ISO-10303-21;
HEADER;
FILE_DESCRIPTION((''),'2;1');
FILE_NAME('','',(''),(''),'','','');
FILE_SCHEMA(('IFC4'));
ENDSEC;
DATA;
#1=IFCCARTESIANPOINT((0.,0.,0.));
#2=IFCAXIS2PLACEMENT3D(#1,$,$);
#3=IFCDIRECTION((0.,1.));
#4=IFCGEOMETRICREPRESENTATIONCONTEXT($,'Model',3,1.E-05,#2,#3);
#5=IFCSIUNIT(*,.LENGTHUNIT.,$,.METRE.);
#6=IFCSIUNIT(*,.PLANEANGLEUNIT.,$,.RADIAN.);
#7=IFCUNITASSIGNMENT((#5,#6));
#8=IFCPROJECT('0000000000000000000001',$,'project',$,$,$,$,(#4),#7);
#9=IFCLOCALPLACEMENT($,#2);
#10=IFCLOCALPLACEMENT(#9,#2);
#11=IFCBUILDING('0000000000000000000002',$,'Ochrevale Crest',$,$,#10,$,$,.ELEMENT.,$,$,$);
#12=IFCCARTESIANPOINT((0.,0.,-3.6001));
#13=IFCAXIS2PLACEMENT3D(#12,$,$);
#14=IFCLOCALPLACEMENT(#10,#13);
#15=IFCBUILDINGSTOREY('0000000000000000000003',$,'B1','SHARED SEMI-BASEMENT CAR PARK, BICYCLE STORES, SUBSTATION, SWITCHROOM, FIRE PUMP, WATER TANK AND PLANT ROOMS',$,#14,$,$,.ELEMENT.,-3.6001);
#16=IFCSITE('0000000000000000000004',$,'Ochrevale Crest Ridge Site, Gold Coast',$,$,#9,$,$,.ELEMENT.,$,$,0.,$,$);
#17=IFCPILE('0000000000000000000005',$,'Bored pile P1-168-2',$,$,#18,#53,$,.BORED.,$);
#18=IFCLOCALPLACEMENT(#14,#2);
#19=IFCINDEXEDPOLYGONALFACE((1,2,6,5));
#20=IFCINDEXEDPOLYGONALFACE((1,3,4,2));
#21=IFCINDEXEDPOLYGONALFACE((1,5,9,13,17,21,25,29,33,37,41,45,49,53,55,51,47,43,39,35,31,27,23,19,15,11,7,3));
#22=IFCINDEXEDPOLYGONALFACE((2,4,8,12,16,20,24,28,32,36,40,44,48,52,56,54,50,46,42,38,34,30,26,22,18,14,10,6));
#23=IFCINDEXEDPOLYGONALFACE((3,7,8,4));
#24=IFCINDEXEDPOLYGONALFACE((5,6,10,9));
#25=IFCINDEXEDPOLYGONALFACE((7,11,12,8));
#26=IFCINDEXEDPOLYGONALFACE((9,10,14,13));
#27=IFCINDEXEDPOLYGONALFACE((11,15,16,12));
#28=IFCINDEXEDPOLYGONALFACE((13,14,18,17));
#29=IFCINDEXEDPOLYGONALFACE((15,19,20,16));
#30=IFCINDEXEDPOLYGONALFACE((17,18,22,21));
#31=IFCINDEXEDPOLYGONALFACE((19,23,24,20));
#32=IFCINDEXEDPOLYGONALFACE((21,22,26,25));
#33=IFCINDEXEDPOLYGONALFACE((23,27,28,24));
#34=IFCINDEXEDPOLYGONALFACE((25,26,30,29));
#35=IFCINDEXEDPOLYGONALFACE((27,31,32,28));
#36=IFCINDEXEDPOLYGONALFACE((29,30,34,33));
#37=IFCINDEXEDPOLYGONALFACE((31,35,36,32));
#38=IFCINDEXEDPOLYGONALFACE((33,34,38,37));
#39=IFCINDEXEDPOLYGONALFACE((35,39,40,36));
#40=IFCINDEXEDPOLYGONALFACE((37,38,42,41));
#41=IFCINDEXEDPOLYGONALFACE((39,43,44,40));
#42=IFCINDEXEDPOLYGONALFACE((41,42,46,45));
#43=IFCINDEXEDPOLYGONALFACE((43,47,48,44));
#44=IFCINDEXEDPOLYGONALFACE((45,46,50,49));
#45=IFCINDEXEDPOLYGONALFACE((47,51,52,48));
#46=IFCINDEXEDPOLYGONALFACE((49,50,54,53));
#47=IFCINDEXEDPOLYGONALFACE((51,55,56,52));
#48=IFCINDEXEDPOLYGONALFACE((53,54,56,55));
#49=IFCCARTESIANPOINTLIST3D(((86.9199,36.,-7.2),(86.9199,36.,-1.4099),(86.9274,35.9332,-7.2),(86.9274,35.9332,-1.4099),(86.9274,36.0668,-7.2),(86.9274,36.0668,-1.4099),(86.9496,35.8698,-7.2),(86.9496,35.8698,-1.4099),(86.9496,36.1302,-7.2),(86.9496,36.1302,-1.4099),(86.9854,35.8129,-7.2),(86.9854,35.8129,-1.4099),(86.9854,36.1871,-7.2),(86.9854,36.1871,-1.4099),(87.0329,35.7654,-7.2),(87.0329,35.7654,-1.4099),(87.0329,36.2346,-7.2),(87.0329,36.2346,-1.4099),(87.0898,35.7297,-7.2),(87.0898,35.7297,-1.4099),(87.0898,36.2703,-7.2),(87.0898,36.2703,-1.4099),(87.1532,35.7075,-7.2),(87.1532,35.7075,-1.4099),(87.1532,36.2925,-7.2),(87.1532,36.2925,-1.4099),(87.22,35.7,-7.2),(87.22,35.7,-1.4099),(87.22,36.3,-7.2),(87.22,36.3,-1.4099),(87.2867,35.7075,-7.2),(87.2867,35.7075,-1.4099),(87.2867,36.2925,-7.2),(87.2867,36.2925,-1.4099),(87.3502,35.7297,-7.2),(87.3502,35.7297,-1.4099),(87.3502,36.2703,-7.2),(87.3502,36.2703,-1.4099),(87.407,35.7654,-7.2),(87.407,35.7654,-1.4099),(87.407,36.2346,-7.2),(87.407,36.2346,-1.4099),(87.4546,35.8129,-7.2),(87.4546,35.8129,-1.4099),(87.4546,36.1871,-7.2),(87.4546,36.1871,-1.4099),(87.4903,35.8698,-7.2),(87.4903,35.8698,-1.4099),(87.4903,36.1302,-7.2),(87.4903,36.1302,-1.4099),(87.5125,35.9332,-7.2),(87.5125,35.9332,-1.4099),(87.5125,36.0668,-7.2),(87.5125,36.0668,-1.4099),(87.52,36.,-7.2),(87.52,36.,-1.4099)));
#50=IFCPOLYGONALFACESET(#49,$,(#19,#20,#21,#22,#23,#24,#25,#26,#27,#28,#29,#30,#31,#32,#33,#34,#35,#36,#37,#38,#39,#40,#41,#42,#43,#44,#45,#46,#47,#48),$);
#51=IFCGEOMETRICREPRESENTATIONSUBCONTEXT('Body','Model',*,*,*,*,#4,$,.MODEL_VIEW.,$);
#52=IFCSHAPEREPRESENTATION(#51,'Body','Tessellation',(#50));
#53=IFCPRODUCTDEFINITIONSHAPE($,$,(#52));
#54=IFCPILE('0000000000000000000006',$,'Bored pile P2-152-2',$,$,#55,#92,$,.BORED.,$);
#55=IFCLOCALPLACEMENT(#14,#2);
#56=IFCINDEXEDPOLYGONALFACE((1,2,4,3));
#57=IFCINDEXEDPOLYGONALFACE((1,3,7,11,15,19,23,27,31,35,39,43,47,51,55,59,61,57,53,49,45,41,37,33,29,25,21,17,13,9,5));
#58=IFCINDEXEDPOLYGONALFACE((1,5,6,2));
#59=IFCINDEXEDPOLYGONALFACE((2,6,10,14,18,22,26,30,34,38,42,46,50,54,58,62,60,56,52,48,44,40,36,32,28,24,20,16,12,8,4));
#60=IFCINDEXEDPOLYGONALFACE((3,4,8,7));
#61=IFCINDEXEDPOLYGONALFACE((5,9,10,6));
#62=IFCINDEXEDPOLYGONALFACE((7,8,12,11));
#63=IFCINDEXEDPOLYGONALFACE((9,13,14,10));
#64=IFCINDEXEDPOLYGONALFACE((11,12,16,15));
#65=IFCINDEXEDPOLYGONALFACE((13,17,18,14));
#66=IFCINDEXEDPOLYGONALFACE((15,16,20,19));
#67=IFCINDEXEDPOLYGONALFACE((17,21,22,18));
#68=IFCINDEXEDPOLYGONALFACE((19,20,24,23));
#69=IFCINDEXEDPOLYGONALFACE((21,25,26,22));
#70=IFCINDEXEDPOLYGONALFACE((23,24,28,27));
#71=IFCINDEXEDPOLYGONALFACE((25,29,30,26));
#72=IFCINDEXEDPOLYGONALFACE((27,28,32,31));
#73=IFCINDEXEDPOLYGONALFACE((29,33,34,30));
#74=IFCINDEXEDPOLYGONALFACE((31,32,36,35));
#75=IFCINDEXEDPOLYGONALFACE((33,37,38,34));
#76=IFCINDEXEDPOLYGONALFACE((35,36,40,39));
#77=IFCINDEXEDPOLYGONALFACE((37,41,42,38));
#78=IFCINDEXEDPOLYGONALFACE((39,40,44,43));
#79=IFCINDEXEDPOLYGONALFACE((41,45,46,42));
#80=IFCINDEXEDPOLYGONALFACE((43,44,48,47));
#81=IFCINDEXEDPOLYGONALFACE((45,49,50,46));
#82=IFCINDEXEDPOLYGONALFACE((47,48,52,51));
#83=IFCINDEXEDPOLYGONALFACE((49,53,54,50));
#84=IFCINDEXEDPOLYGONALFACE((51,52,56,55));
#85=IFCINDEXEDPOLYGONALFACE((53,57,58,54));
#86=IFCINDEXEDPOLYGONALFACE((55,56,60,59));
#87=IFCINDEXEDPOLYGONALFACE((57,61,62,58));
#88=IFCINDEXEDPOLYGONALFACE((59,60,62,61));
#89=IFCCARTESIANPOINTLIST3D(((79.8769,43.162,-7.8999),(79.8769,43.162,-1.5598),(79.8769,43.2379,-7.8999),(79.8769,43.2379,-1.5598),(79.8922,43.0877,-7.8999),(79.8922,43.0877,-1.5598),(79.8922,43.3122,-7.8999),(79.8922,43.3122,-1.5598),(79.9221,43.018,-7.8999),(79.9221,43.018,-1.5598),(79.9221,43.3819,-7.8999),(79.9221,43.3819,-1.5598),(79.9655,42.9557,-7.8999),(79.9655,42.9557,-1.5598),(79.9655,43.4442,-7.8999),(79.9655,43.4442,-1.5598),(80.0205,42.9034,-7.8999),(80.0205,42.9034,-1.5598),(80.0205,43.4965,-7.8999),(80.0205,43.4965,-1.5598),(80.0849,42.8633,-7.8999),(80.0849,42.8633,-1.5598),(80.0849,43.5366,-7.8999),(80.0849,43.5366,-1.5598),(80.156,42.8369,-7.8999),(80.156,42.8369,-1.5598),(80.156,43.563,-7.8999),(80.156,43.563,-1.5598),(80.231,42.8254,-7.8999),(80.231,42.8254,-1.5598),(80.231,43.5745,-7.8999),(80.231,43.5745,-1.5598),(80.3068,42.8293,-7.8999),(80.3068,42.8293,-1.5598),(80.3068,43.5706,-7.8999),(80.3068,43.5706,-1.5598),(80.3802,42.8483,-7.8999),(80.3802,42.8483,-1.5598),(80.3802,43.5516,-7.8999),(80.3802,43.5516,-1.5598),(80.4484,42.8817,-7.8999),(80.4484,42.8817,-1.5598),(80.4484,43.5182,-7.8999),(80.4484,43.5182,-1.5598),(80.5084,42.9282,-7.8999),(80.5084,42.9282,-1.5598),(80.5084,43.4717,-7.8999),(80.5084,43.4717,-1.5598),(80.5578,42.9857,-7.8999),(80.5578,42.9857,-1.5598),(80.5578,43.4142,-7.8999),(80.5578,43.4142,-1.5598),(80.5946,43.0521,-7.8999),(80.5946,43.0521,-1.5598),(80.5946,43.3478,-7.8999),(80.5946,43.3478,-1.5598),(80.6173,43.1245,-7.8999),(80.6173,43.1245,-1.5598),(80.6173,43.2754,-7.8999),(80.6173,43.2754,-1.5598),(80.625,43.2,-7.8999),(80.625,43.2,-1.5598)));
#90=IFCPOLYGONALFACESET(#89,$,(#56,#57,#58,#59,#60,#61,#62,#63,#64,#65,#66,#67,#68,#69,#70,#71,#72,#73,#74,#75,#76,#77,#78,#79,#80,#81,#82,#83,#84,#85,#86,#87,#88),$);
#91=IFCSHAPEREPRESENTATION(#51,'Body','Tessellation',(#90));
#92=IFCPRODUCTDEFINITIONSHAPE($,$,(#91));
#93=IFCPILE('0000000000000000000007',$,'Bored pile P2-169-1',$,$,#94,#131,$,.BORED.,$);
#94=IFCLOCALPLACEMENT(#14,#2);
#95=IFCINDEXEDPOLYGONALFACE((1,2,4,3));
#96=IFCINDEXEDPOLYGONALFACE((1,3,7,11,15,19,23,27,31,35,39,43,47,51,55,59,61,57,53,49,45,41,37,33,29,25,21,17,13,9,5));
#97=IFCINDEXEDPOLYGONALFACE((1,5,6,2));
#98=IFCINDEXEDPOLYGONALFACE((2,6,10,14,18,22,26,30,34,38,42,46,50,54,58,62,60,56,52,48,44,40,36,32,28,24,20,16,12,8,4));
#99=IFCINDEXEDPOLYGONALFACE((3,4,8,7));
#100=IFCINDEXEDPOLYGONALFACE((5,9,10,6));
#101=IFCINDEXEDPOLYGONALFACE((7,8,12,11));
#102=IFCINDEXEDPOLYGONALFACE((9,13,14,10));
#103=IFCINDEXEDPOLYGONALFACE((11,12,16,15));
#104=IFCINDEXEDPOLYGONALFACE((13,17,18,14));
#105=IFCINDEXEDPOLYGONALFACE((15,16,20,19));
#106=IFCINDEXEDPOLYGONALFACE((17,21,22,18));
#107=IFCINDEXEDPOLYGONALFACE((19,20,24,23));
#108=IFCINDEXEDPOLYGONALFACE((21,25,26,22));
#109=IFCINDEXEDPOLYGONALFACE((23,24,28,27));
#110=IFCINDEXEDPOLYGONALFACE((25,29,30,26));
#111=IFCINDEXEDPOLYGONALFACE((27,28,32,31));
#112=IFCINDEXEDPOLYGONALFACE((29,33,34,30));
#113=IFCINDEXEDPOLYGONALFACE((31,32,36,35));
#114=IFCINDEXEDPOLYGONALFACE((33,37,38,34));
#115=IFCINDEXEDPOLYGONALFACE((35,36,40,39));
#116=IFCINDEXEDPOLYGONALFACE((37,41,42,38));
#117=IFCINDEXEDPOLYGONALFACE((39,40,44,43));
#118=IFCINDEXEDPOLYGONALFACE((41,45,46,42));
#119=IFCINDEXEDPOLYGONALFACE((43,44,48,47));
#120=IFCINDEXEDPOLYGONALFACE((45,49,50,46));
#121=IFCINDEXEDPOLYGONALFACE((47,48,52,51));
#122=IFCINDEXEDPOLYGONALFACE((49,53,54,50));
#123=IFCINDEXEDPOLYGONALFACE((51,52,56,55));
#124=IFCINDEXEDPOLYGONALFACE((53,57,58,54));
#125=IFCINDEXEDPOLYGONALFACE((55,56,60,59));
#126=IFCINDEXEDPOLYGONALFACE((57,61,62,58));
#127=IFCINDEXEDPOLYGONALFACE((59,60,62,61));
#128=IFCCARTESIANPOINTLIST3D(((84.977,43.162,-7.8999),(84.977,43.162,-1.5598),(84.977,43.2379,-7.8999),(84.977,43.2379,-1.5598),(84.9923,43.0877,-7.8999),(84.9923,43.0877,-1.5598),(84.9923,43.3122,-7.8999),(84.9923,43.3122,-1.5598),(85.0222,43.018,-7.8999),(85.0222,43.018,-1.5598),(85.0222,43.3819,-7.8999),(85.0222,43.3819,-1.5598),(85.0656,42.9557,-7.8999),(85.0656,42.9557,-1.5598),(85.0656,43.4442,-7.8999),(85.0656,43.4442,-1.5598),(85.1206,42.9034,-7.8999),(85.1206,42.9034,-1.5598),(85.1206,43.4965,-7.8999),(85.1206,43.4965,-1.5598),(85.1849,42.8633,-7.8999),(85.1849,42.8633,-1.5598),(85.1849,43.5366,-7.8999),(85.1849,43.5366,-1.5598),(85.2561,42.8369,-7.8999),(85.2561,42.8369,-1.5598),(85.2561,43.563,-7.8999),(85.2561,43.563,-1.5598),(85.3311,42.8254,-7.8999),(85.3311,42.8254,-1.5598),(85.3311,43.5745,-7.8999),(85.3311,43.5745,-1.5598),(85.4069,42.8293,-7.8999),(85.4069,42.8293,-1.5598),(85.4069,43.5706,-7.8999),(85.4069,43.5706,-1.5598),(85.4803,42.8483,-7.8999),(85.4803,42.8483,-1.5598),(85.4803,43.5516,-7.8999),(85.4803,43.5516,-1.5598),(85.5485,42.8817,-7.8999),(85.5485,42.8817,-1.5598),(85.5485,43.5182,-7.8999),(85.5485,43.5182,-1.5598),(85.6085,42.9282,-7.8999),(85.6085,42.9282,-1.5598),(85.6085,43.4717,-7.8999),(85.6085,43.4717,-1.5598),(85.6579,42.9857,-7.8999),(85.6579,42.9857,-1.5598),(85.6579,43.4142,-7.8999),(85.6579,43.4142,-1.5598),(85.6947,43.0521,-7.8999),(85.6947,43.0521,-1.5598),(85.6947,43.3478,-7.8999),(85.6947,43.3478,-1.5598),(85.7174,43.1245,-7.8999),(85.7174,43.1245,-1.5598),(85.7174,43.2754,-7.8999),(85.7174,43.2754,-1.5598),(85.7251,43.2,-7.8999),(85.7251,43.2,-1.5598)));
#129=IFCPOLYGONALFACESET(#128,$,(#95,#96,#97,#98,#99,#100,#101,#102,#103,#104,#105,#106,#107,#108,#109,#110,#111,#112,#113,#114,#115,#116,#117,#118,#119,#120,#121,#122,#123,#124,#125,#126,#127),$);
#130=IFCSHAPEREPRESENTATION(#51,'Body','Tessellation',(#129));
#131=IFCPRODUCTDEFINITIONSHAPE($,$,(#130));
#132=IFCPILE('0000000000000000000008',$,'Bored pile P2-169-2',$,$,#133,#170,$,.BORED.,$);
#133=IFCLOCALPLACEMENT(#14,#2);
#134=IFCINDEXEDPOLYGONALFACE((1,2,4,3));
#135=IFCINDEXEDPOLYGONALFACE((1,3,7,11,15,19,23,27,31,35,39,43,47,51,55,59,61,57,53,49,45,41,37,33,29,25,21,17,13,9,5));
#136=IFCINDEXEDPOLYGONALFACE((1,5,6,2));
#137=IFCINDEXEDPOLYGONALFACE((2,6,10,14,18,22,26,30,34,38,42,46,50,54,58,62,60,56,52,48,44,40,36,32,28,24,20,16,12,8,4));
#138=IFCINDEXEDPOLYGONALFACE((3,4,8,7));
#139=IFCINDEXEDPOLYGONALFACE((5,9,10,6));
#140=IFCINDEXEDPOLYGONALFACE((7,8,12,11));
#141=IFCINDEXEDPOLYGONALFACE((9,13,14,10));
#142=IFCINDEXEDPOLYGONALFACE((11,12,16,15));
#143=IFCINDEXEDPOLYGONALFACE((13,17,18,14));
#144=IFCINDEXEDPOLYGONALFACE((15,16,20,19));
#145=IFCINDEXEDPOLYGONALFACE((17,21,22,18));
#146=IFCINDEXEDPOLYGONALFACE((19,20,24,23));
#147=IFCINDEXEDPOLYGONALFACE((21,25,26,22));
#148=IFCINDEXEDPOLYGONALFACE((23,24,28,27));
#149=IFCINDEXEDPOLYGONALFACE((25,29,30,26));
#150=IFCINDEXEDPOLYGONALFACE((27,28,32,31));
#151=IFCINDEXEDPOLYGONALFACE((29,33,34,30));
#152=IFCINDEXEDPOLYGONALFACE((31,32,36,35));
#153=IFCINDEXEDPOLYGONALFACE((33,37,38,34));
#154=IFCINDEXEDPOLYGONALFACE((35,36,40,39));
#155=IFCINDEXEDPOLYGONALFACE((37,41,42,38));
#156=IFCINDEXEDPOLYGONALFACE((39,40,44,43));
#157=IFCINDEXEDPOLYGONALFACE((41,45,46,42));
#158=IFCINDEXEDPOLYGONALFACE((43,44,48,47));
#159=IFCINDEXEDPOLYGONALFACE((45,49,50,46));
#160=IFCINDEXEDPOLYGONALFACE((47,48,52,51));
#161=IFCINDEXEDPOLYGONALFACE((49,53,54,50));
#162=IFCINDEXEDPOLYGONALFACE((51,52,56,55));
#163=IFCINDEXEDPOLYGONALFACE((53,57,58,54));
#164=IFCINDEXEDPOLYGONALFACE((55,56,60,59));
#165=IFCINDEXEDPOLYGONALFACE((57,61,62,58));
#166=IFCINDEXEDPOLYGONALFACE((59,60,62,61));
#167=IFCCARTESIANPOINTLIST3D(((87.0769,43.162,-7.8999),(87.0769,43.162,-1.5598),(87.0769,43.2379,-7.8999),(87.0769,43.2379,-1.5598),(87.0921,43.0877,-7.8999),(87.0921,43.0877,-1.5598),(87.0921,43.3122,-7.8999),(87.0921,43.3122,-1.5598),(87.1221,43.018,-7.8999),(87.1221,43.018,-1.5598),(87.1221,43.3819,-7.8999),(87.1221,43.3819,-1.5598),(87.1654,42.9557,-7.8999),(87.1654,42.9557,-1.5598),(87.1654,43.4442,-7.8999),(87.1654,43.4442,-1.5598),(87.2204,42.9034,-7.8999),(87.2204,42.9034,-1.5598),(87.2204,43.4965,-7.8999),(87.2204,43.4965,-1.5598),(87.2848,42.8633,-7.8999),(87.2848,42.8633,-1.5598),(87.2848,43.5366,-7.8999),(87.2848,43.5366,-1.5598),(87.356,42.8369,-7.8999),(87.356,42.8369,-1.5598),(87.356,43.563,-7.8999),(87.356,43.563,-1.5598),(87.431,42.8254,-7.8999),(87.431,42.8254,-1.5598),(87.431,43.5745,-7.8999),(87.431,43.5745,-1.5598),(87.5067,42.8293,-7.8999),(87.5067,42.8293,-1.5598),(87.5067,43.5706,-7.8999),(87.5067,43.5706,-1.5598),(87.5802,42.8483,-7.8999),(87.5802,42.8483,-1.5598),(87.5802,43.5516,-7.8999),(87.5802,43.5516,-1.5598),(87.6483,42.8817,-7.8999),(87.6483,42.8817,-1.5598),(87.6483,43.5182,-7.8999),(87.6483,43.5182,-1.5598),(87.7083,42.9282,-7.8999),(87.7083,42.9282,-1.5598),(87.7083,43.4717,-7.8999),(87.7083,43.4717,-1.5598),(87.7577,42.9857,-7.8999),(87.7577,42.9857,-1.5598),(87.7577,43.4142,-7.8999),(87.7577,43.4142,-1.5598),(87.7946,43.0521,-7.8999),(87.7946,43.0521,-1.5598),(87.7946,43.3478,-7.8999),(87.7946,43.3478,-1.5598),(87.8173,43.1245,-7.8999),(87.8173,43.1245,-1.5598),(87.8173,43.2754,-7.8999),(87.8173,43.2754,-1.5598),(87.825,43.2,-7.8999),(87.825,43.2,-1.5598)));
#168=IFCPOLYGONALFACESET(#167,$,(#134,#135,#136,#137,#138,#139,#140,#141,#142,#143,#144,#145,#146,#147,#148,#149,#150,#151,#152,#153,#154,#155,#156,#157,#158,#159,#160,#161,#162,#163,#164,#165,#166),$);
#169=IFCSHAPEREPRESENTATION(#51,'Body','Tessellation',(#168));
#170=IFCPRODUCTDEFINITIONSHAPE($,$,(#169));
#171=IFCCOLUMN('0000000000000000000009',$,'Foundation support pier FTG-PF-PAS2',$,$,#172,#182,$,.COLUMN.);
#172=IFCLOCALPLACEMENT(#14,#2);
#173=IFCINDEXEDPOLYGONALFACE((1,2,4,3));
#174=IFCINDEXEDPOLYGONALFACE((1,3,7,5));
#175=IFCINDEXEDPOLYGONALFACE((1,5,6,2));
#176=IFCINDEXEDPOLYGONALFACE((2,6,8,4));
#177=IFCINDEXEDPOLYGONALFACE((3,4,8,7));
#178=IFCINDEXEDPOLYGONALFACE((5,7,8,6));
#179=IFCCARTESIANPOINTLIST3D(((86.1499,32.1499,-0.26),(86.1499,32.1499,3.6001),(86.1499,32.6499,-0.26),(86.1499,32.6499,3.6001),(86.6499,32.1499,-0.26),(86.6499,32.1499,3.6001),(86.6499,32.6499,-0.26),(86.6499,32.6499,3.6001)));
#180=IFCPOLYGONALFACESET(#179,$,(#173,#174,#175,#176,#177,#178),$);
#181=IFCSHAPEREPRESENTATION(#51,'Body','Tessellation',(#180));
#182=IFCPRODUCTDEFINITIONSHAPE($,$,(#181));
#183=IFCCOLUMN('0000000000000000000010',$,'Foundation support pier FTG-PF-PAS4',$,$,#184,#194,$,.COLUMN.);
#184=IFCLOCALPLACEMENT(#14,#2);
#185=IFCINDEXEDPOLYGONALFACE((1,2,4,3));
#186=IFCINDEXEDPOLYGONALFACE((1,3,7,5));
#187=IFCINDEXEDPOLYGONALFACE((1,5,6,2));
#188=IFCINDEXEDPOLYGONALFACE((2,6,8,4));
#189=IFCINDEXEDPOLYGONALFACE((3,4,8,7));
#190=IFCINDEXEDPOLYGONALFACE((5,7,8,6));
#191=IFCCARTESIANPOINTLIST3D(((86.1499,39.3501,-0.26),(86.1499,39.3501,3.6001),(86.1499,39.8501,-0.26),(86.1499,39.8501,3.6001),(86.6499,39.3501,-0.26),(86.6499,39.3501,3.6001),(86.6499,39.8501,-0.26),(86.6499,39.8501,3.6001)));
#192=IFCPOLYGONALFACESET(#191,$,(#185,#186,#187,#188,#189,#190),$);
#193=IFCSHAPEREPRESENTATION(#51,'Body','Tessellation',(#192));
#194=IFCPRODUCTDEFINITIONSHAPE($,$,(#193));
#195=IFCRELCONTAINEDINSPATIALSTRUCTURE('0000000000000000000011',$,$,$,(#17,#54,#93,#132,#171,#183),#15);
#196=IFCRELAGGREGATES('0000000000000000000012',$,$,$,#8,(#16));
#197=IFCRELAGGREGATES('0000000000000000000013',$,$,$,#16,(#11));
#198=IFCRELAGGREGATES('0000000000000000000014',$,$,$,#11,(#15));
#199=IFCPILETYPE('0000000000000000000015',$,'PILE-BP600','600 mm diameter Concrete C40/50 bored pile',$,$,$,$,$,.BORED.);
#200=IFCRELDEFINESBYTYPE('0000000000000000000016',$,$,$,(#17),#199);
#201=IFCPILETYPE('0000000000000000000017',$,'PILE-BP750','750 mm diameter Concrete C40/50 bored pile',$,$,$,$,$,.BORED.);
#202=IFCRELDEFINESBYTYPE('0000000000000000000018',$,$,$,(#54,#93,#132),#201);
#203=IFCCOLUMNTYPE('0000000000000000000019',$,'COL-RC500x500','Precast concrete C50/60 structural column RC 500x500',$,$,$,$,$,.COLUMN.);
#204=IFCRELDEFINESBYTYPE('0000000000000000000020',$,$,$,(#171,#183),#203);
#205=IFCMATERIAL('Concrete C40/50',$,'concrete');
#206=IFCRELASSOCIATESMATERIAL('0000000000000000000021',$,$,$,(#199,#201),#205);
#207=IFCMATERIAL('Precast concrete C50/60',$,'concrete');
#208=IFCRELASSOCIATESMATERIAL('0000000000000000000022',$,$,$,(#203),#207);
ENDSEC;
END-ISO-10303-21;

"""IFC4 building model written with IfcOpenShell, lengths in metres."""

from ifc_helpers import new_model, si_unit, direction, frame, origin, origin_2d, place, context, subcontext, project, spatial, rectangle, circle, extrude, material, material_profile, profile_set, type_object, element, save


model = new_model("IFC4")

# Units and contexts
model_context = context("Model", 3, precision=1e-05, world=origin(), true_north=direction((0.0, 1.0)))
body_context = subcontext(model_context, "Body", "Model", "MODEL_VIEW")
ifc_project = project(units=[si_unit("LENGTHUNIT", "METRE"), si_unit("PLANEANGLEUNIT", "RADIAN")], contexts=[model_context])

# Site, building, storey
site_placement = place(None, origin())
site = spatial("IfcSite", under=ifc_project, at=site_placement, Name="Ochrevale Crest Ridge Site, Gold Coast", CompositionType="ELEMENT", RefElevation=0.0)
building_placement = place(site_placement, origin())
building = spatial("IfcBuilding", under=site, at=building_placement, Name="Ochrevale Crest", CompositionType="ELEMENT")
storey_placement = place(building_placement, frame((0.0, 0.0, -3.6001)))
storey = spatial("IfcBuildingStorey", under=building, at=storey_placement, Name="B1", Description="SHARED SEMI-BASEMENT CAR PARK, BICYCLE STORES, SUBSTATION, SWITCHROOM, FIRE PUMP, WATER TANK AND PLANT ROOMS", CompositionType="ELEMENT", Elevation=-3.6001)

# Shared definitions
ifc_material_1 = material(Name="Concrete C40/50", Category="concrete")

# Piles
ifc_material_profile_1 = material_profile(ifc_material_1, circle(Radius=0.3, at=origin_2d()), Name="BORED PILE 600")
ifc_profile_set_1 = profile_set([ifc_material_profile_1], Name="Concrete C40/50")
pile_type_1 = type_object("IfcPileType", Name="PILE-BP600", Description="600 mm diameter Concrete C40/50 bored pile", PredefinedType="BORED", material=ifc_profile_set_1)
for number, where, z_axis, x_axis, name in (
    (1, (87.22, 36.0, -1.4099), (0.0, 0.0, -1.0), (1.0, 0.0, 0.0), "Bored pile P1-168-2"),
):
    element("IfcPile", number, at=place(storey_placement, frame(where, z_axis=z_axis, x_axis=x_axis)), inside=storey, type_object=pile_type_1, Name=name, PredefinedType="BORED", context=body_context, shape_type="SweptSolid", body=[
        extrude(circle(Radius=0.3, at=origin_2d()), origin(), (0.0, 0.0, 1.0), 5.79),
    ])
ifc_material_profile_2 = material_profile(ifc_material_1, circle(Radius=0.375, at=origin_2d()), Name="BORED PILE 750")
ifc_profile_set_2 = profile_set([ifc_material_profile_2], Name="Concrete C40/50")
pile_type_2 = type_object("IfcPileType", Name="PILE-BP750", Description="750 mm diameter Concrete C40/50 bored pile", PredefinedType="BORED", material=ifc_profile_set_2)
for number, where, z_axis, x_axis, name in (
    (2, (80.25, 43.2, -1.5598), (0.0, 0.0, -1.0), (1.0, 0.0, 0.0), "Bored pile P2-152-2"),
    (3, (85.3501, 43.2, -1.5598), (0.0, 0.0, -1.0), (1.0, 0.0, 0.0), "Bored pile P2-169-1"),
    (4, (87.45, 43.2, -1.5598), (0.0, 0.0, -1.0), (1.0, 0.0, 0.0), "Bored pile P2-169-2"),
):
    element("IfcPile", number, at=place(storey_placement, frame(where, z_axis=z_axis, x_axis=x_axis)), inside=storey, type_object=pile_type_2, Name=name, PredefinedType="BORED", context=body_context, shape_type="SweptSolid", body=[
        extrude(circle(Radius=0.375, at=origin_2d()), origin(), (0.0, 0.0, 1.0), 6.3401),
    ])

# Columns
ifc_material_2 = material(Name="Precast concrete C50/60", Category="concrete")
ifc_material_profile_3 = material_profile(ifc_material_2, rectangle(XDim=0.5, YDim=0.5, at=origin_2d()), Name="RC 500x500")
ifc_profile_set_3 = profile_set([ifc_material_profile_3], Name="Precast concrete C50/60")
column_type_1 = type_object("IfcColumnType", Name="COL-RC500x500", Description="Precast concrete C50/60 structural column RC 500x500", PredefinedType="COLUMN", material=ifc_profile_set_3)
for number, where, z_axis, x_axis, name in (
    (5, (86.3999, 32.3999, -0.26), (0.0, 0.0, 1.0), (1.0, 0.0, 0.0), "Foundation support pier FTG-PF-PAS2"),
    (6, (86.3999, 39.6001, -0.26), (0.0, 0.0, 1.0), (1.0, 0.0, 0.0), "Foundation support pier FTG-PF-PAS4"),
):
    element("IfcColumn", number, at=place(storey_placement, frame(where, z_axis=z_axis, x_axis=x_axis)), inside=storey, type_object=column_type_1, Name=name, PredefinedType="COLUMN", context=body_context, shape_type="SweptSolid", body=[
        extrude(rectangle(XDim=0.5, YDim=0.5, at=origin_2d()), origin(), (0.0, 0.0, 1.0), 3.8601),
    ])

save(model, "model.ifc")
